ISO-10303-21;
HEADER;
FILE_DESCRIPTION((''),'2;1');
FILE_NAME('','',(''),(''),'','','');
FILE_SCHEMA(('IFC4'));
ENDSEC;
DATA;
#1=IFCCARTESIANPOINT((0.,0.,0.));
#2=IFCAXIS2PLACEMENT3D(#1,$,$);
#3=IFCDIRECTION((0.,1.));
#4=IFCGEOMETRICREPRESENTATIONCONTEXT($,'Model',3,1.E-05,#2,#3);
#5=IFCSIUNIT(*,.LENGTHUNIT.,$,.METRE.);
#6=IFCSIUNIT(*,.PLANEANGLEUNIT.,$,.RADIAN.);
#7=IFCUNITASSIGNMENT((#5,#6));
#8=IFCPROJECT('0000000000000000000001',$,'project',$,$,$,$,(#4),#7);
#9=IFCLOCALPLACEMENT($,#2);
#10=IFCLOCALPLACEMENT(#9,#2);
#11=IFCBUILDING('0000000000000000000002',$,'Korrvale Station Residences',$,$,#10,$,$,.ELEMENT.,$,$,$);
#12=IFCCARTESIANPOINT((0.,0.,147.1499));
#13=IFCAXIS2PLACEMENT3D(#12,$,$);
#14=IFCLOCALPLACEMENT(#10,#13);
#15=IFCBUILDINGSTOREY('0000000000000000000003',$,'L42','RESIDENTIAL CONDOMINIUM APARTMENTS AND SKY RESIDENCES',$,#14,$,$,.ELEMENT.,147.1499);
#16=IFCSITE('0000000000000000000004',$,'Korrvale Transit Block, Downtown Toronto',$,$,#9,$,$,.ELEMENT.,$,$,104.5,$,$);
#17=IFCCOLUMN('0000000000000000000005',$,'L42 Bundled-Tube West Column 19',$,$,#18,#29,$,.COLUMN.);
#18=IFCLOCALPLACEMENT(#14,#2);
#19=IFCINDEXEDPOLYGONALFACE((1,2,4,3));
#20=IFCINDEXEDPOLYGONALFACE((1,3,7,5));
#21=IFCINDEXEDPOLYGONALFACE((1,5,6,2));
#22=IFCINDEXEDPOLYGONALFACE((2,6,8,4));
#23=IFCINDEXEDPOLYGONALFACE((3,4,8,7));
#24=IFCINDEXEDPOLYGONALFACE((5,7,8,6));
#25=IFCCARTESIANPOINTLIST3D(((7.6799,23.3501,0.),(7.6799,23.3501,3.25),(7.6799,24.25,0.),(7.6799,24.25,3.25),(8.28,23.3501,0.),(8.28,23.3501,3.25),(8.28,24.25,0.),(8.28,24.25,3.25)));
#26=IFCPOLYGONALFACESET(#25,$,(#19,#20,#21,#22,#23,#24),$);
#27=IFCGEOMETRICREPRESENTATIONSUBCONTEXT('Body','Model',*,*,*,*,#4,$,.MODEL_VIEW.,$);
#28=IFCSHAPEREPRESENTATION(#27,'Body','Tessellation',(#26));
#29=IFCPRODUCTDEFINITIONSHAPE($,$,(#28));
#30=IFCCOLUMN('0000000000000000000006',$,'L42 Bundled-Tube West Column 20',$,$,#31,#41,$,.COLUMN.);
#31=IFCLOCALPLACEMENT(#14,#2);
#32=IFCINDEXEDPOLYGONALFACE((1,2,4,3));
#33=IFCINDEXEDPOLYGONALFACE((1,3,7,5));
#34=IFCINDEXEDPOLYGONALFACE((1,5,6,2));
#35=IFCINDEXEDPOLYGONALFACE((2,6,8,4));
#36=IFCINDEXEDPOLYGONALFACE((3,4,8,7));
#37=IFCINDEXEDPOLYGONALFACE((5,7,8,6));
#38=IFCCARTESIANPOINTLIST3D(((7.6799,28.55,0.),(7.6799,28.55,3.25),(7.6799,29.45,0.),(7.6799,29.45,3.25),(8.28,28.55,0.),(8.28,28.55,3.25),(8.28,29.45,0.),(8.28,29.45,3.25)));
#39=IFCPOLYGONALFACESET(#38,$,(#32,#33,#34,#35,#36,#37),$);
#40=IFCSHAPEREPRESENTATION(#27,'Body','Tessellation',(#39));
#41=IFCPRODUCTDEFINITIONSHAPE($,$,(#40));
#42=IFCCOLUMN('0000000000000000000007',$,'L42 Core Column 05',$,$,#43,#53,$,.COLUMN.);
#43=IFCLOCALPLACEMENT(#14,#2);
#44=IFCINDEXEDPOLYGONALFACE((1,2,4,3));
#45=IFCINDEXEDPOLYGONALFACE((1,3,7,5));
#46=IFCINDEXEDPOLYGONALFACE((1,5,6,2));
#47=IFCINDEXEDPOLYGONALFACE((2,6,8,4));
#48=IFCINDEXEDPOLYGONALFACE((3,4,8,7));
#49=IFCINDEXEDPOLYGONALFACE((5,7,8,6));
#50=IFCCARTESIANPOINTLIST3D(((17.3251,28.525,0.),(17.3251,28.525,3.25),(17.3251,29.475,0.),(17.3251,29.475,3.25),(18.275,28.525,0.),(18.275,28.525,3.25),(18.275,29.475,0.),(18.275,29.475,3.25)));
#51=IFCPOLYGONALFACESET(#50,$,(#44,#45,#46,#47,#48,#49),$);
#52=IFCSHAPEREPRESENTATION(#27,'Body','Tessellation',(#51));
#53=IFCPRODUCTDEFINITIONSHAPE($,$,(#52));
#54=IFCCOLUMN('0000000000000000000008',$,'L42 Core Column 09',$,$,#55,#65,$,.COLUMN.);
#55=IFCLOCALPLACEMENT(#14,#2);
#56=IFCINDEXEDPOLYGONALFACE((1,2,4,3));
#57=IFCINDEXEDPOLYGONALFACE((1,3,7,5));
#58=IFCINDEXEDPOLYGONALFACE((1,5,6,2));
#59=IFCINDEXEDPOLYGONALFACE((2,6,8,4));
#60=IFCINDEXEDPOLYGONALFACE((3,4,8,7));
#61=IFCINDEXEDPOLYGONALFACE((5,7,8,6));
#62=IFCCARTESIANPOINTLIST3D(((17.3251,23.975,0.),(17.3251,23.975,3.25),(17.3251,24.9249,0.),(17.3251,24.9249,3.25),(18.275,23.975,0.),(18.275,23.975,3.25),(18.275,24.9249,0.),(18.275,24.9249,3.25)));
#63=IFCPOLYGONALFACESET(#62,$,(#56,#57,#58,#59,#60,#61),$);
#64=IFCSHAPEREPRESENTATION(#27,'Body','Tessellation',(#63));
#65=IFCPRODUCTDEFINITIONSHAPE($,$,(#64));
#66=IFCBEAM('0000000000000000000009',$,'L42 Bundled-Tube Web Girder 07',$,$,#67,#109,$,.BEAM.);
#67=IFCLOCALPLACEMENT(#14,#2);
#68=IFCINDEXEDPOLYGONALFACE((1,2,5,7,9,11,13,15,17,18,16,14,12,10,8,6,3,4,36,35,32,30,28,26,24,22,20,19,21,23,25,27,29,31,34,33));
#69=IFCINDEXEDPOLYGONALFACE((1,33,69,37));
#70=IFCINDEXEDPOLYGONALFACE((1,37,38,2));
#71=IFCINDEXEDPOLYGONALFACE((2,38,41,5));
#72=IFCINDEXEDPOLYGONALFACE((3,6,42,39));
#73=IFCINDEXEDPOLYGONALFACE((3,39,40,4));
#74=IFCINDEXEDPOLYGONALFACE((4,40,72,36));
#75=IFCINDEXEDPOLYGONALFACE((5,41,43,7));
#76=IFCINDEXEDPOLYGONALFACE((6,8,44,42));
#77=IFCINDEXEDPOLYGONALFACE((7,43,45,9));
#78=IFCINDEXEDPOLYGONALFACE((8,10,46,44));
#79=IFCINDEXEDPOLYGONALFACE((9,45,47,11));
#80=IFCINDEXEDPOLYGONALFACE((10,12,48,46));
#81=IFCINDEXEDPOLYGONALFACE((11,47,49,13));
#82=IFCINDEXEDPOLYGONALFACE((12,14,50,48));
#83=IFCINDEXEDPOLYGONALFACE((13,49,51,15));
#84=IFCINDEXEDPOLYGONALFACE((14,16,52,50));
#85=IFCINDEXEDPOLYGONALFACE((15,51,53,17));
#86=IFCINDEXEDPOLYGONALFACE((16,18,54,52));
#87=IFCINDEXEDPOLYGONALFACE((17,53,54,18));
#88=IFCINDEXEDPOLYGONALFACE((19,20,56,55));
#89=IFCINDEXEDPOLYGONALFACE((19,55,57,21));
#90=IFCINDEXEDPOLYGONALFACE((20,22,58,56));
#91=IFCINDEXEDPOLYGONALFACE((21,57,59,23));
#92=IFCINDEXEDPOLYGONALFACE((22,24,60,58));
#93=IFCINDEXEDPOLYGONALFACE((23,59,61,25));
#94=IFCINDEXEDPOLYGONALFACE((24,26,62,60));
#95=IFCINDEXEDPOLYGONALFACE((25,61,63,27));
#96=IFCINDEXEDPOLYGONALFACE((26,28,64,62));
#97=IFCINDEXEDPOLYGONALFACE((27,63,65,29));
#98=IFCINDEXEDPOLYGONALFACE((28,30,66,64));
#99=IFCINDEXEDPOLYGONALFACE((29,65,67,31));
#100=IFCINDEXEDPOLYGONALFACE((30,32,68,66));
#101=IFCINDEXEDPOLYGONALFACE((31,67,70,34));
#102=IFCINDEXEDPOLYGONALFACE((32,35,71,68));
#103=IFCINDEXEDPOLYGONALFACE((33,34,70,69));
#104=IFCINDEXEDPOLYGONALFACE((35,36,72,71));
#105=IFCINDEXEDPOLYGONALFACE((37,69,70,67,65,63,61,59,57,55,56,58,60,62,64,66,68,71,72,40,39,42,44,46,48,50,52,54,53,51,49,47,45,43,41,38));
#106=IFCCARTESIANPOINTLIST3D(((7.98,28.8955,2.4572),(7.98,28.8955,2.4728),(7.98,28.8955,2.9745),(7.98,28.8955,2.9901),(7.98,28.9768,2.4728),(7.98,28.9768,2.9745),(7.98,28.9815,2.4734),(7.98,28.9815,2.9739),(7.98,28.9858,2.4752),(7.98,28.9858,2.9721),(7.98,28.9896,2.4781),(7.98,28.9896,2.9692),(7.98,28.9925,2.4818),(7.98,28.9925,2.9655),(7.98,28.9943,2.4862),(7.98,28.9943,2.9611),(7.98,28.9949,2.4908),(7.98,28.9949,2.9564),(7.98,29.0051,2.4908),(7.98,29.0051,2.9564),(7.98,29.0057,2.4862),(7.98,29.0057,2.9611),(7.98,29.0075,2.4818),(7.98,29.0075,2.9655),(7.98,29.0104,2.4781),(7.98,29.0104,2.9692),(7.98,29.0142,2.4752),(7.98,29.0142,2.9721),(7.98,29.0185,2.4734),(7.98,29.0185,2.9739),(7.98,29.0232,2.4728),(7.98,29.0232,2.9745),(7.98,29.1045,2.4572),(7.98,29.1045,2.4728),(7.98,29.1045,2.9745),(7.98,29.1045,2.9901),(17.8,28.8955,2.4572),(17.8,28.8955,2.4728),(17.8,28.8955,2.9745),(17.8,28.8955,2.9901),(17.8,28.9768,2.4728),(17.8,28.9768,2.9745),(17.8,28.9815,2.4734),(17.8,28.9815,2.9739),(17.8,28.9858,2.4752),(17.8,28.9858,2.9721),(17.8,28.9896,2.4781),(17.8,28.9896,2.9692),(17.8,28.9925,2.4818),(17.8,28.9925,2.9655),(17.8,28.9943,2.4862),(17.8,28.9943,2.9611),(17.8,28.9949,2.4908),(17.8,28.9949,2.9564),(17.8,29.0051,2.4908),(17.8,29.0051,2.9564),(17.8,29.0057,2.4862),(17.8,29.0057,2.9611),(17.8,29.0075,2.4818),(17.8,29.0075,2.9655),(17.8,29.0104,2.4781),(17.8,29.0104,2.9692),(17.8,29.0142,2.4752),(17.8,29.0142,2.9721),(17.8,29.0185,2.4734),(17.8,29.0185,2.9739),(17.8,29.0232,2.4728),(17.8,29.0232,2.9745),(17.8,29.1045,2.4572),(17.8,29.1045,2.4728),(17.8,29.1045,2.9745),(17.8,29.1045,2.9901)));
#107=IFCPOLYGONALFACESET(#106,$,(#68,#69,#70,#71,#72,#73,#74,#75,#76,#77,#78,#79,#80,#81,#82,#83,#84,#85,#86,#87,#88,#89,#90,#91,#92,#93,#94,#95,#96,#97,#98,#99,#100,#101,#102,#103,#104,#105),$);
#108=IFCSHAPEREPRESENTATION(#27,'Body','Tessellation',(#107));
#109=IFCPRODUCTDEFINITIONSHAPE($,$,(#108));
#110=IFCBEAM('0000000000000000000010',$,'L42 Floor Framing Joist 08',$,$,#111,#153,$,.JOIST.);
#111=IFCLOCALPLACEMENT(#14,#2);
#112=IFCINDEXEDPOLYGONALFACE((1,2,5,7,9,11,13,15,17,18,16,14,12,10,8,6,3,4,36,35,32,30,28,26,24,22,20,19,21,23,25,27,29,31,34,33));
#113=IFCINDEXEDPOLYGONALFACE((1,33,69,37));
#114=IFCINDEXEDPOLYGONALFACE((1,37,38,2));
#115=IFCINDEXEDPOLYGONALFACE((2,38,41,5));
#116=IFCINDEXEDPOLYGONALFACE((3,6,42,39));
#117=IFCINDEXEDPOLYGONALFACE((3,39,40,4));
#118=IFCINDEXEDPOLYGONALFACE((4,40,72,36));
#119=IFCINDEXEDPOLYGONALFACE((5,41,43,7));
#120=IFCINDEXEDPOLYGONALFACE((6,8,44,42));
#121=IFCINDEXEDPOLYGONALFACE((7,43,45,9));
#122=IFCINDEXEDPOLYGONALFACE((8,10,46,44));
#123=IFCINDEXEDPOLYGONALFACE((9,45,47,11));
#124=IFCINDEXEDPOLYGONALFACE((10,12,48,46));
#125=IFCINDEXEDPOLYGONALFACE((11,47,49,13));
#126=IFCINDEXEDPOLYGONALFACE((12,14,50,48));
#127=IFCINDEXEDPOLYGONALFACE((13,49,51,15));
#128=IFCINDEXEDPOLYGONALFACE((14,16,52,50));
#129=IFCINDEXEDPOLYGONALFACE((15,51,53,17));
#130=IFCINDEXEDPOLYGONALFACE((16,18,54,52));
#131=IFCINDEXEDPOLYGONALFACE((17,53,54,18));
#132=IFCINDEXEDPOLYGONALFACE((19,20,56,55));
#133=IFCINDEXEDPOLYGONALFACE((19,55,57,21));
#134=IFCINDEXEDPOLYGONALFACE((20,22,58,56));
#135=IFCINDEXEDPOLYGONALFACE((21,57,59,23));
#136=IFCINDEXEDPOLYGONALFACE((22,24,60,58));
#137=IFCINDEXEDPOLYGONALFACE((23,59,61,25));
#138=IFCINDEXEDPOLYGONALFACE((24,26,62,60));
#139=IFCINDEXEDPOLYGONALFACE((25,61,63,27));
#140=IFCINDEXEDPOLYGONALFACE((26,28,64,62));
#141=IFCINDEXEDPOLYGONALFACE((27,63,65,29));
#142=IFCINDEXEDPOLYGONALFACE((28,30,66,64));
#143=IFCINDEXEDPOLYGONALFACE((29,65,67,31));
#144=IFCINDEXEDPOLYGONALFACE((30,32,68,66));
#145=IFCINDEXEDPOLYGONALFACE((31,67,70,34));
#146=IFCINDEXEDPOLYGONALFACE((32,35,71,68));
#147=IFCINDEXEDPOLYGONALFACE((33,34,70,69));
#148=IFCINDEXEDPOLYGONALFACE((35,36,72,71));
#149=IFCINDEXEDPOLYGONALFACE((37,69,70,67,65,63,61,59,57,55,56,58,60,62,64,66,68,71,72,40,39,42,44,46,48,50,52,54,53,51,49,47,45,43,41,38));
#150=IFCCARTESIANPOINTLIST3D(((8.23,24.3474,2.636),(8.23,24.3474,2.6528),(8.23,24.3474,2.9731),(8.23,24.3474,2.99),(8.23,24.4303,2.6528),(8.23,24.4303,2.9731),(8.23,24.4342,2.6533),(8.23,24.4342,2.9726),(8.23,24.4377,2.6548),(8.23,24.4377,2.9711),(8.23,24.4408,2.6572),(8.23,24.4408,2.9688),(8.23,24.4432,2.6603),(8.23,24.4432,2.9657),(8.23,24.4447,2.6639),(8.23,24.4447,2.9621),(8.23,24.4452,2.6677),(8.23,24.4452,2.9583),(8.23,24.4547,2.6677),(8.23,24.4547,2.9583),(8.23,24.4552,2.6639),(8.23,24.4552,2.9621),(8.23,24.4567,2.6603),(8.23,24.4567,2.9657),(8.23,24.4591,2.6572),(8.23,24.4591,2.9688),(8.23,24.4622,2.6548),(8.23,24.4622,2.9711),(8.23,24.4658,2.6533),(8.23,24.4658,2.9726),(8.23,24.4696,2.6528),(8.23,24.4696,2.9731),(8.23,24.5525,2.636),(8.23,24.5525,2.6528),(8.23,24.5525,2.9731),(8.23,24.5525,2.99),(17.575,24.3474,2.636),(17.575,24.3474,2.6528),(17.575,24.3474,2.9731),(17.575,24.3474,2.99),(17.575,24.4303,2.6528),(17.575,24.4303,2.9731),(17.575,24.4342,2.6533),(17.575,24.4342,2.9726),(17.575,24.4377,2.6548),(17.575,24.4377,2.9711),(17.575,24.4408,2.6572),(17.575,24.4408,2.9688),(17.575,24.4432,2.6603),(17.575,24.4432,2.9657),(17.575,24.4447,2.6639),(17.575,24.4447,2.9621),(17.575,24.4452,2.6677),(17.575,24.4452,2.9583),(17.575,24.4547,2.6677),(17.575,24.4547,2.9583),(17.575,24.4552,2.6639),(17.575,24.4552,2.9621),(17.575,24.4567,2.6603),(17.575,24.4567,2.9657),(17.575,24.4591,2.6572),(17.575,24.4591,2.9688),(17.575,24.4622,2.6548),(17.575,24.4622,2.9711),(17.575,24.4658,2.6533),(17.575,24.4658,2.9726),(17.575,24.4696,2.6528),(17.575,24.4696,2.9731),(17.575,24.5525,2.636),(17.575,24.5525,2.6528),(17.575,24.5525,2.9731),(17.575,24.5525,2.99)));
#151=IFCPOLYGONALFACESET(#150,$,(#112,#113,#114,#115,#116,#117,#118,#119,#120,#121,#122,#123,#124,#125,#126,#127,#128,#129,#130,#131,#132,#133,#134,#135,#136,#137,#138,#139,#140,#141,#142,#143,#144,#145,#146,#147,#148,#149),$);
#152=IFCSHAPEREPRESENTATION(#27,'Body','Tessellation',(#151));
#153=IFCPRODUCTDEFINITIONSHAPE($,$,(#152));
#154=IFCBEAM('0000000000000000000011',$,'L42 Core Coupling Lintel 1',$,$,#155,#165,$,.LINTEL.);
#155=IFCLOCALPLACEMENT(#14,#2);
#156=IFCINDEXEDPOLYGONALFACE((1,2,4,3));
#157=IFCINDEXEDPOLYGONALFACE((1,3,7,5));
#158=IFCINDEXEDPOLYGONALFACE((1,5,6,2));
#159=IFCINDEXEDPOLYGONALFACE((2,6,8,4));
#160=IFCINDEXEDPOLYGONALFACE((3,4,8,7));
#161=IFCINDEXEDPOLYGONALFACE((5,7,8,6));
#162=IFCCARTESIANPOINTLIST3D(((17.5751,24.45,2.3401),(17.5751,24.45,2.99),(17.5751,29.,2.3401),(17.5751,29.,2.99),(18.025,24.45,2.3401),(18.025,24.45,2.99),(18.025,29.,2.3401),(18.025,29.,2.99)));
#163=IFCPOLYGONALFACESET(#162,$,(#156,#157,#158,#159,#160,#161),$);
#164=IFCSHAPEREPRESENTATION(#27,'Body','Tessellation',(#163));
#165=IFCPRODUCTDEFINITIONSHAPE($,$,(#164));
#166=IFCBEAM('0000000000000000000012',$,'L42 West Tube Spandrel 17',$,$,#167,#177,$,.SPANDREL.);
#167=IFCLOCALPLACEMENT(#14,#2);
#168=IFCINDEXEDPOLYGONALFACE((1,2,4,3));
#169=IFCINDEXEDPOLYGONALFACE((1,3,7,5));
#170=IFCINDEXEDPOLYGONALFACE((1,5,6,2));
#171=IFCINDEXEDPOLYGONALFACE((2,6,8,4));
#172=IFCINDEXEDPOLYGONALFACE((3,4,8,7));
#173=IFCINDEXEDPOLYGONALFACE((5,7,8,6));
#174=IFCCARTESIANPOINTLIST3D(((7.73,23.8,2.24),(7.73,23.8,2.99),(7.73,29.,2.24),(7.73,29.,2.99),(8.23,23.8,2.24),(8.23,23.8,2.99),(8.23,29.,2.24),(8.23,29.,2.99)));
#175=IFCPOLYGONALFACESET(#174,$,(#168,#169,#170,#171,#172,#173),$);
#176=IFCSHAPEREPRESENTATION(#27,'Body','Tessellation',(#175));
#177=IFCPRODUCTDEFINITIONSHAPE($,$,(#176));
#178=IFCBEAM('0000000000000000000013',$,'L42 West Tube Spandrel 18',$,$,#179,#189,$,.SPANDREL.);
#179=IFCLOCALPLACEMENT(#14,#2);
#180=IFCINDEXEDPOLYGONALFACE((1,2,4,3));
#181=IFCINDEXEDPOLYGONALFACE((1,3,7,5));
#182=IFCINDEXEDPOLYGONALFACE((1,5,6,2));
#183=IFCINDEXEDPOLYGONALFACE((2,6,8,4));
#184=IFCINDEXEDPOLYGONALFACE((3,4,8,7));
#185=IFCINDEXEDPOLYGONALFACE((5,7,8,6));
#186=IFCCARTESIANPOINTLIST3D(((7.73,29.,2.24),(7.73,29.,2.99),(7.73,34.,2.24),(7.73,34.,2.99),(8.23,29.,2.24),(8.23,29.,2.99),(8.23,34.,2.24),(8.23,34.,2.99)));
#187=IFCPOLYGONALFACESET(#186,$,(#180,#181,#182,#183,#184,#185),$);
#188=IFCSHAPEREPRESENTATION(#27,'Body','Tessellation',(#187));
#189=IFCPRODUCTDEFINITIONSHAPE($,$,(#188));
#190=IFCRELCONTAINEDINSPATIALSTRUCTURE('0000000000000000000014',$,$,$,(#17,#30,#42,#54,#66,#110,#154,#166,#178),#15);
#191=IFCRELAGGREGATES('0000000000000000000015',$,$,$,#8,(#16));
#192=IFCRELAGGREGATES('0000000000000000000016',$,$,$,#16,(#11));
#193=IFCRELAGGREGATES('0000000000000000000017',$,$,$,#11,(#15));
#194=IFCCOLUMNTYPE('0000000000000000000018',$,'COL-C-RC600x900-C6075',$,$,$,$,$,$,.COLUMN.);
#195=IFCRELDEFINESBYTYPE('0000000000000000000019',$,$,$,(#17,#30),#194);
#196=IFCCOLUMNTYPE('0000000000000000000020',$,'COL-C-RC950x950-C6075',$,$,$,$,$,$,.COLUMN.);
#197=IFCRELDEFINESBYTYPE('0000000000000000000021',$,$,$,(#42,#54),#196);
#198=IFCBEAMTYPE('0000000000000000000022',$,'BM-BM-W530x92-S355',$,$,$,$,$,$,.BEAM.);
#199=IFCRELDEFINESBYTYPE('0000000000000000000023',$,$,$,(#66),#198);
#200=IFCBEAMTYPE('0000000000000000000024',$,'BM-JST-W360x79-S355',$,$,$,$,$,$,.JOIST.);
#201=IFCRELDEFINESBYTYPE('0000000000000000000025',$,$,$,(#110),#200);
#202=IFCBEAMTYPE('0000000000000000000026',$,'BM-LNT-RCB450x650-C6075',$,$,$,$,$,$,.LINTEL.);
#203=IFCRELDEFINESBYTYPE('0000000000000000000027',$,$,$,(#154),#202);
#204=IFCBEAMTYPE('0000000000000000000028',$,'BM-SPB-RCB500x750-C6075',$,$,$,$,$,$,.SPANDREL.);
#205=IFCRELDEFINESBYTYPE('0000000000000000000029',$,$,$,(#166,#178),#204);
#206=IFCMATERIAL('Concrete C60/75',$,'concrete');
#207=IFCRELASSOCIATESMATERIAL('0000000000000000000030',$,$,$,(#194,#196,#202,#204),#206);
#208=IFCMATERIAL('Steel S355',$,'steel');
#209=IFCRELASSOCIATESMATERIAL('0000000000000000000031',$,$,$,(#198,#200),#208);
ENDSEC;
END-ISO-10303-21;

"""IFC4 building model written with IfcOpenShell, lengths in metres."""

from ifc_helpers import new_model, si_unit, direction, frame, origin, origin_2d, place, context, subcontext, project, spatial, rectangle, i_section, extrude, material, material_profile, profile_set, type_object, element, save


model = new_model("IFC4")

# Units and contexts
model_context = context("Model", 3, precision=1e-05, world=origin(), true_north=direction((0.0, 1.0)))
body_context = subcontext(model_context, "Body", "Model", "MODEL_VIEW")
ifc_project = project(units=[si_unit("LENGTHUNIT", "METRE"), si_unit("PLANEANGLEUNIT", "RADIAN")], contexts=[model_context])

# Site, building, storey
site_placement = place(None, origin())
site = spatial("IfcSite", under=ifc_project, at=site_placement, Name="Korrvale Transit Block, Downtown Toronto", CompositionType="ELEMENT", RefElevation=104.5)
building_placement = place(site_placement, origin())
building = spatial("IfcBuilding", under=site, at=building_placement, Name="Korrvale Station Residences", CompositionType="ELEMENT")
storey_placement = place(building_placement, frame((0.0, 0.0, 147.1499)))
storey = spatial("IfcBuildingStorey", under=building, at=storey_placement, Name="L42", Description="RESIDENTIAL CONDOMINIUM APARTMENTS AND SKY RESIDENCES", CompositionType="ELEMENT", Elevation=147.1499)

# Columns
ifc_material_1 = material(Name="Concrete C60/75", Category="concrete")
ifc_material_profile_1 = material_profile(ifc_material_1, rectangle(XDim=0.6001, YDim=0.8999, at=origin_2d()), Name="RC600x900")
ifc_profile_set_1 = profile_set([ifc_material_profile_1], Name="Concrete C60/75")
column_type_1 = type_object("IfcColumnType", Name="COL-C-RC600x900-C6075", PredefinedType="COLUMN", material=ifc_profile_set_1)
for number, where, z_axis, x_axis, name in (
    (1, (7.98, 23.8, 0.0), (0.0, 0.0, 1.0), (1.0, 0.0, 0.0), "L42 Bundled-Tube West Column 19"),
    (2, (7.98, 29.0, 0.0), (0.0, 0.0, 1.0), (1.0, 0.0, 0.0), "L42 Bundled-Tube West Column 20"),
):
    element("IfcColumn", number, at=place(storey_placement, frame(where, z_axis=z_axis, x_axis=x_axis)), inside=storey, type_object=column_type_1, Name=name, PredefinedType="COLUMN", context=body_context, shape_type="SweptSolid", body=[
        extrude(rectangle(XDim=0.6001, YDim=0.8999, at=origin_2d()), origin(), (0.0, 0.0, 1.0), 3.25),
    ])
ifc_material_profile_2 = material_profile(ifc_material_1, rectangle(XDim=0.95, YDim=0.95, at=origin_2d()), Name="RC950x950")
ifc_profile_set_2 = profile_set([ifc_material_profile_2], Name="Concrete C60/75")
column_type_2 = type_object("IfcColumnType", Name="COL-C-RC950x950-C6075", PredefinedType="COLUMN", material=ifc_profile_set_2)
for number, where, z_axis, x_axis, name in (
    (3, (17.8, 29.0, 0.0), (0.0, 0.0, 1.0), (1.0, 0.0, 0.0), "L42 Core Column 05"),
    (4, (17.8, 24.45, 0.0), (0.0, 0.0, 1.0), (1.0, 0.0, 0.0), "L42 Core Column 09"),
):
    element("IfcColumn", number, at=place(storey_placement, frame(where, z_axis=z_axis, x_axis=x_axis)), inside=storey, type_object=column_type_2, Name=name, PredefinedType="COLUMN", context=body_context, shape_type="SweptSolid", body=[
        extrude(rectangle(XDim=0.95, YDim=0.95, at=origin_2d()), origin(), (0.0, 0.0, 1.0), 3.25),
    ])

# Beams
ifc_material_2 = material(Name="Steel S355", Category="steel")
ifc_material_profile_3 = material_profile(ifc_material_2, i_section(OverallWidth=0.209, OverallDepth=0.533, WebThickness=0.0103, FlangeThickness=0.0156, FilletRadius=0.0181, at=origin_2d()), Name="W530x92")
ifc_profile_set_3 = profile_set([ifc_material_profile_3], Name="Steel S355")
beam_type_1 = type_object("IfcBeamType", Name="BM-BM-W530x92-S355", PredefinedType="BEAM", material=ifc_profile_set_3)
beam_1_placement = place(storey_placement, frame((7.98, 29.0, 2.7236), z_axis=(1.0, 0.0, 0.0), x_axis=(0.0, 1.0, 0.0)))
element("IfcBeam", 5, at=beam_1_placement, inside=storey, type_object=beam_type_1, Name="L42 Bundled-Tube Web Girder 07", PredefinedType="BEAM", context=body_context, shape_type="SweptSolid", body=[
    extrude(i_section(OverallWidth=0.209, OverallDepth=0.533, WebThickness=0.0103, FlangeThickness=0.0156, FilletRadius=0.0181, at=origin_2d()), origin(), (0.0, 0.0, 1.0), 9.8201),
])
ifc_material_profile_4 = material_profile(ifc_material_2, i_section(OverallWidth=0.2051, OverallDepth=0.354, WebThickness=0.0095, FlangeThickness=0.0168, FilletRadius=0.0149, at=origin_2d()), Name="W360x79")
ifc_profile_set_4 = profile_set([ifc_material_profile_4], Name="Steel S355")
beam_type_2 = type_object("IfcBeamType", Name="BM-JST-W360x79-S355", PredefinedType="JOIST", material=ifc_profile_set_4)
beam_2_placement = place(storey_placement, frame((8.23, 24.45, 2.813), z_axis=(1.0, 0.0, 0.0), x_axis=(0.0, 1.0, 0.0)))
element("IfcBeam", 6, at=beam_2_placement, inside=storey, type_object=beam_type_2, Name="L42 Floor Framing Joist 08", PredefinedType="JOIST", context=body_context, shape_type="SweptSolid", body=[
    extrude(i_section(OverallWidth=0.2051, OverallDepth=0.354, WebThickness=0.0095, FlangeThickness=0.0168, FilletRadius=0.0149, at=origin_2d()), origin(), (0.0, 0.0, 1.0), 9.345),
])
ifc_material_profile_5 = material_profile(ifc_material_1, rectangle(XDim=0.45, YDim=0.6499, at=origin_2d()), Name="RCB450x650")
ifc_profile_set_5 = profile_set([ifc_material_profile_5], Name="Concrete C60/75")
beam_type_3 = type_object("IfcBeamType", Name="BM-LNT-RCB450x650-C6075", PredefinedType="LINTEL", material=ifc_profile_set_5)
beam_3_placement = place(storey_placement, frame((17.8, 24.45, 2.665), z_axis=(0.0, 1.0, 0.0), x_axis=(-1.0, 0.0, 0.0)))
element("IfcBeam", 7, at=beam_3_placement, inside=storey, type_object=beam_type_3, Name="L42 Core Coupling Lintel 1", PredefinedType="LINTEL", context=body_context, shape_type="SweptSolid", body=[
    extrude(rectangle(XDim=0.45, YDim=0.6499, at=origin_2d()), origin(), (0.0, 0.0, 1.0), 4.55),
])
ifc_material_profile_6 = material_profile(ifc_material_1, rectangle(XDim=0.5, YDim=0.75, at=origin_2d()), Name="RCB500x750")
ifc_profile_set_6 = profile_set([ifc_material_profile_6], Name="Concrete C60/75")
beam_type_4 = type_object("IfcBeamType", Name="BM-SPB-RCB500x750-C6075", PredefinedType="SPANDREL", material=ifc_profile_set_6)
beam_4_placement = place(storey_placement, frame((7.98, 23.8, 2.615), z_axis=(0.0, 1.0, 0.0), x_axis=(-1.0, 0.0, 0.0)))
element("IfcBeam", 8, at=beam_4_placement, inside=storey, type_object=beam_type_4, Name="L42 West Tube Spandrel 17", PredefinedType="SPANDREL", context=body_context, shape_type="SweptSolid", body=[
    extrude(rectangle(XDim=0.5, YDim=0.75, at=origin_2d()), origin(), (0.0, 0.0, 1.0), 5.2),
])
beam_5_placement = place(storey_placement, frame((7.98, 29.0, 2.615), z_axis=(0.0, 1.0, 0.0), x_axis=(-1.0, 0.0, 0.0)))
element("IfcBeam", 9, at=beam_5_placement, inside=storey, type_object=beam_type_4, Name="L42 West Tube Spandrel 18", PredefinedType="SPANDREL", context=body_context, shape_type="SweptSolid", body=[
    extrude(rectangle(XDim=0.5, YDim=0.75, at=origin_2d()), origin(), (0.0, 0.0, 1.0), 5.0),
])

save(model, "model.ifc")
